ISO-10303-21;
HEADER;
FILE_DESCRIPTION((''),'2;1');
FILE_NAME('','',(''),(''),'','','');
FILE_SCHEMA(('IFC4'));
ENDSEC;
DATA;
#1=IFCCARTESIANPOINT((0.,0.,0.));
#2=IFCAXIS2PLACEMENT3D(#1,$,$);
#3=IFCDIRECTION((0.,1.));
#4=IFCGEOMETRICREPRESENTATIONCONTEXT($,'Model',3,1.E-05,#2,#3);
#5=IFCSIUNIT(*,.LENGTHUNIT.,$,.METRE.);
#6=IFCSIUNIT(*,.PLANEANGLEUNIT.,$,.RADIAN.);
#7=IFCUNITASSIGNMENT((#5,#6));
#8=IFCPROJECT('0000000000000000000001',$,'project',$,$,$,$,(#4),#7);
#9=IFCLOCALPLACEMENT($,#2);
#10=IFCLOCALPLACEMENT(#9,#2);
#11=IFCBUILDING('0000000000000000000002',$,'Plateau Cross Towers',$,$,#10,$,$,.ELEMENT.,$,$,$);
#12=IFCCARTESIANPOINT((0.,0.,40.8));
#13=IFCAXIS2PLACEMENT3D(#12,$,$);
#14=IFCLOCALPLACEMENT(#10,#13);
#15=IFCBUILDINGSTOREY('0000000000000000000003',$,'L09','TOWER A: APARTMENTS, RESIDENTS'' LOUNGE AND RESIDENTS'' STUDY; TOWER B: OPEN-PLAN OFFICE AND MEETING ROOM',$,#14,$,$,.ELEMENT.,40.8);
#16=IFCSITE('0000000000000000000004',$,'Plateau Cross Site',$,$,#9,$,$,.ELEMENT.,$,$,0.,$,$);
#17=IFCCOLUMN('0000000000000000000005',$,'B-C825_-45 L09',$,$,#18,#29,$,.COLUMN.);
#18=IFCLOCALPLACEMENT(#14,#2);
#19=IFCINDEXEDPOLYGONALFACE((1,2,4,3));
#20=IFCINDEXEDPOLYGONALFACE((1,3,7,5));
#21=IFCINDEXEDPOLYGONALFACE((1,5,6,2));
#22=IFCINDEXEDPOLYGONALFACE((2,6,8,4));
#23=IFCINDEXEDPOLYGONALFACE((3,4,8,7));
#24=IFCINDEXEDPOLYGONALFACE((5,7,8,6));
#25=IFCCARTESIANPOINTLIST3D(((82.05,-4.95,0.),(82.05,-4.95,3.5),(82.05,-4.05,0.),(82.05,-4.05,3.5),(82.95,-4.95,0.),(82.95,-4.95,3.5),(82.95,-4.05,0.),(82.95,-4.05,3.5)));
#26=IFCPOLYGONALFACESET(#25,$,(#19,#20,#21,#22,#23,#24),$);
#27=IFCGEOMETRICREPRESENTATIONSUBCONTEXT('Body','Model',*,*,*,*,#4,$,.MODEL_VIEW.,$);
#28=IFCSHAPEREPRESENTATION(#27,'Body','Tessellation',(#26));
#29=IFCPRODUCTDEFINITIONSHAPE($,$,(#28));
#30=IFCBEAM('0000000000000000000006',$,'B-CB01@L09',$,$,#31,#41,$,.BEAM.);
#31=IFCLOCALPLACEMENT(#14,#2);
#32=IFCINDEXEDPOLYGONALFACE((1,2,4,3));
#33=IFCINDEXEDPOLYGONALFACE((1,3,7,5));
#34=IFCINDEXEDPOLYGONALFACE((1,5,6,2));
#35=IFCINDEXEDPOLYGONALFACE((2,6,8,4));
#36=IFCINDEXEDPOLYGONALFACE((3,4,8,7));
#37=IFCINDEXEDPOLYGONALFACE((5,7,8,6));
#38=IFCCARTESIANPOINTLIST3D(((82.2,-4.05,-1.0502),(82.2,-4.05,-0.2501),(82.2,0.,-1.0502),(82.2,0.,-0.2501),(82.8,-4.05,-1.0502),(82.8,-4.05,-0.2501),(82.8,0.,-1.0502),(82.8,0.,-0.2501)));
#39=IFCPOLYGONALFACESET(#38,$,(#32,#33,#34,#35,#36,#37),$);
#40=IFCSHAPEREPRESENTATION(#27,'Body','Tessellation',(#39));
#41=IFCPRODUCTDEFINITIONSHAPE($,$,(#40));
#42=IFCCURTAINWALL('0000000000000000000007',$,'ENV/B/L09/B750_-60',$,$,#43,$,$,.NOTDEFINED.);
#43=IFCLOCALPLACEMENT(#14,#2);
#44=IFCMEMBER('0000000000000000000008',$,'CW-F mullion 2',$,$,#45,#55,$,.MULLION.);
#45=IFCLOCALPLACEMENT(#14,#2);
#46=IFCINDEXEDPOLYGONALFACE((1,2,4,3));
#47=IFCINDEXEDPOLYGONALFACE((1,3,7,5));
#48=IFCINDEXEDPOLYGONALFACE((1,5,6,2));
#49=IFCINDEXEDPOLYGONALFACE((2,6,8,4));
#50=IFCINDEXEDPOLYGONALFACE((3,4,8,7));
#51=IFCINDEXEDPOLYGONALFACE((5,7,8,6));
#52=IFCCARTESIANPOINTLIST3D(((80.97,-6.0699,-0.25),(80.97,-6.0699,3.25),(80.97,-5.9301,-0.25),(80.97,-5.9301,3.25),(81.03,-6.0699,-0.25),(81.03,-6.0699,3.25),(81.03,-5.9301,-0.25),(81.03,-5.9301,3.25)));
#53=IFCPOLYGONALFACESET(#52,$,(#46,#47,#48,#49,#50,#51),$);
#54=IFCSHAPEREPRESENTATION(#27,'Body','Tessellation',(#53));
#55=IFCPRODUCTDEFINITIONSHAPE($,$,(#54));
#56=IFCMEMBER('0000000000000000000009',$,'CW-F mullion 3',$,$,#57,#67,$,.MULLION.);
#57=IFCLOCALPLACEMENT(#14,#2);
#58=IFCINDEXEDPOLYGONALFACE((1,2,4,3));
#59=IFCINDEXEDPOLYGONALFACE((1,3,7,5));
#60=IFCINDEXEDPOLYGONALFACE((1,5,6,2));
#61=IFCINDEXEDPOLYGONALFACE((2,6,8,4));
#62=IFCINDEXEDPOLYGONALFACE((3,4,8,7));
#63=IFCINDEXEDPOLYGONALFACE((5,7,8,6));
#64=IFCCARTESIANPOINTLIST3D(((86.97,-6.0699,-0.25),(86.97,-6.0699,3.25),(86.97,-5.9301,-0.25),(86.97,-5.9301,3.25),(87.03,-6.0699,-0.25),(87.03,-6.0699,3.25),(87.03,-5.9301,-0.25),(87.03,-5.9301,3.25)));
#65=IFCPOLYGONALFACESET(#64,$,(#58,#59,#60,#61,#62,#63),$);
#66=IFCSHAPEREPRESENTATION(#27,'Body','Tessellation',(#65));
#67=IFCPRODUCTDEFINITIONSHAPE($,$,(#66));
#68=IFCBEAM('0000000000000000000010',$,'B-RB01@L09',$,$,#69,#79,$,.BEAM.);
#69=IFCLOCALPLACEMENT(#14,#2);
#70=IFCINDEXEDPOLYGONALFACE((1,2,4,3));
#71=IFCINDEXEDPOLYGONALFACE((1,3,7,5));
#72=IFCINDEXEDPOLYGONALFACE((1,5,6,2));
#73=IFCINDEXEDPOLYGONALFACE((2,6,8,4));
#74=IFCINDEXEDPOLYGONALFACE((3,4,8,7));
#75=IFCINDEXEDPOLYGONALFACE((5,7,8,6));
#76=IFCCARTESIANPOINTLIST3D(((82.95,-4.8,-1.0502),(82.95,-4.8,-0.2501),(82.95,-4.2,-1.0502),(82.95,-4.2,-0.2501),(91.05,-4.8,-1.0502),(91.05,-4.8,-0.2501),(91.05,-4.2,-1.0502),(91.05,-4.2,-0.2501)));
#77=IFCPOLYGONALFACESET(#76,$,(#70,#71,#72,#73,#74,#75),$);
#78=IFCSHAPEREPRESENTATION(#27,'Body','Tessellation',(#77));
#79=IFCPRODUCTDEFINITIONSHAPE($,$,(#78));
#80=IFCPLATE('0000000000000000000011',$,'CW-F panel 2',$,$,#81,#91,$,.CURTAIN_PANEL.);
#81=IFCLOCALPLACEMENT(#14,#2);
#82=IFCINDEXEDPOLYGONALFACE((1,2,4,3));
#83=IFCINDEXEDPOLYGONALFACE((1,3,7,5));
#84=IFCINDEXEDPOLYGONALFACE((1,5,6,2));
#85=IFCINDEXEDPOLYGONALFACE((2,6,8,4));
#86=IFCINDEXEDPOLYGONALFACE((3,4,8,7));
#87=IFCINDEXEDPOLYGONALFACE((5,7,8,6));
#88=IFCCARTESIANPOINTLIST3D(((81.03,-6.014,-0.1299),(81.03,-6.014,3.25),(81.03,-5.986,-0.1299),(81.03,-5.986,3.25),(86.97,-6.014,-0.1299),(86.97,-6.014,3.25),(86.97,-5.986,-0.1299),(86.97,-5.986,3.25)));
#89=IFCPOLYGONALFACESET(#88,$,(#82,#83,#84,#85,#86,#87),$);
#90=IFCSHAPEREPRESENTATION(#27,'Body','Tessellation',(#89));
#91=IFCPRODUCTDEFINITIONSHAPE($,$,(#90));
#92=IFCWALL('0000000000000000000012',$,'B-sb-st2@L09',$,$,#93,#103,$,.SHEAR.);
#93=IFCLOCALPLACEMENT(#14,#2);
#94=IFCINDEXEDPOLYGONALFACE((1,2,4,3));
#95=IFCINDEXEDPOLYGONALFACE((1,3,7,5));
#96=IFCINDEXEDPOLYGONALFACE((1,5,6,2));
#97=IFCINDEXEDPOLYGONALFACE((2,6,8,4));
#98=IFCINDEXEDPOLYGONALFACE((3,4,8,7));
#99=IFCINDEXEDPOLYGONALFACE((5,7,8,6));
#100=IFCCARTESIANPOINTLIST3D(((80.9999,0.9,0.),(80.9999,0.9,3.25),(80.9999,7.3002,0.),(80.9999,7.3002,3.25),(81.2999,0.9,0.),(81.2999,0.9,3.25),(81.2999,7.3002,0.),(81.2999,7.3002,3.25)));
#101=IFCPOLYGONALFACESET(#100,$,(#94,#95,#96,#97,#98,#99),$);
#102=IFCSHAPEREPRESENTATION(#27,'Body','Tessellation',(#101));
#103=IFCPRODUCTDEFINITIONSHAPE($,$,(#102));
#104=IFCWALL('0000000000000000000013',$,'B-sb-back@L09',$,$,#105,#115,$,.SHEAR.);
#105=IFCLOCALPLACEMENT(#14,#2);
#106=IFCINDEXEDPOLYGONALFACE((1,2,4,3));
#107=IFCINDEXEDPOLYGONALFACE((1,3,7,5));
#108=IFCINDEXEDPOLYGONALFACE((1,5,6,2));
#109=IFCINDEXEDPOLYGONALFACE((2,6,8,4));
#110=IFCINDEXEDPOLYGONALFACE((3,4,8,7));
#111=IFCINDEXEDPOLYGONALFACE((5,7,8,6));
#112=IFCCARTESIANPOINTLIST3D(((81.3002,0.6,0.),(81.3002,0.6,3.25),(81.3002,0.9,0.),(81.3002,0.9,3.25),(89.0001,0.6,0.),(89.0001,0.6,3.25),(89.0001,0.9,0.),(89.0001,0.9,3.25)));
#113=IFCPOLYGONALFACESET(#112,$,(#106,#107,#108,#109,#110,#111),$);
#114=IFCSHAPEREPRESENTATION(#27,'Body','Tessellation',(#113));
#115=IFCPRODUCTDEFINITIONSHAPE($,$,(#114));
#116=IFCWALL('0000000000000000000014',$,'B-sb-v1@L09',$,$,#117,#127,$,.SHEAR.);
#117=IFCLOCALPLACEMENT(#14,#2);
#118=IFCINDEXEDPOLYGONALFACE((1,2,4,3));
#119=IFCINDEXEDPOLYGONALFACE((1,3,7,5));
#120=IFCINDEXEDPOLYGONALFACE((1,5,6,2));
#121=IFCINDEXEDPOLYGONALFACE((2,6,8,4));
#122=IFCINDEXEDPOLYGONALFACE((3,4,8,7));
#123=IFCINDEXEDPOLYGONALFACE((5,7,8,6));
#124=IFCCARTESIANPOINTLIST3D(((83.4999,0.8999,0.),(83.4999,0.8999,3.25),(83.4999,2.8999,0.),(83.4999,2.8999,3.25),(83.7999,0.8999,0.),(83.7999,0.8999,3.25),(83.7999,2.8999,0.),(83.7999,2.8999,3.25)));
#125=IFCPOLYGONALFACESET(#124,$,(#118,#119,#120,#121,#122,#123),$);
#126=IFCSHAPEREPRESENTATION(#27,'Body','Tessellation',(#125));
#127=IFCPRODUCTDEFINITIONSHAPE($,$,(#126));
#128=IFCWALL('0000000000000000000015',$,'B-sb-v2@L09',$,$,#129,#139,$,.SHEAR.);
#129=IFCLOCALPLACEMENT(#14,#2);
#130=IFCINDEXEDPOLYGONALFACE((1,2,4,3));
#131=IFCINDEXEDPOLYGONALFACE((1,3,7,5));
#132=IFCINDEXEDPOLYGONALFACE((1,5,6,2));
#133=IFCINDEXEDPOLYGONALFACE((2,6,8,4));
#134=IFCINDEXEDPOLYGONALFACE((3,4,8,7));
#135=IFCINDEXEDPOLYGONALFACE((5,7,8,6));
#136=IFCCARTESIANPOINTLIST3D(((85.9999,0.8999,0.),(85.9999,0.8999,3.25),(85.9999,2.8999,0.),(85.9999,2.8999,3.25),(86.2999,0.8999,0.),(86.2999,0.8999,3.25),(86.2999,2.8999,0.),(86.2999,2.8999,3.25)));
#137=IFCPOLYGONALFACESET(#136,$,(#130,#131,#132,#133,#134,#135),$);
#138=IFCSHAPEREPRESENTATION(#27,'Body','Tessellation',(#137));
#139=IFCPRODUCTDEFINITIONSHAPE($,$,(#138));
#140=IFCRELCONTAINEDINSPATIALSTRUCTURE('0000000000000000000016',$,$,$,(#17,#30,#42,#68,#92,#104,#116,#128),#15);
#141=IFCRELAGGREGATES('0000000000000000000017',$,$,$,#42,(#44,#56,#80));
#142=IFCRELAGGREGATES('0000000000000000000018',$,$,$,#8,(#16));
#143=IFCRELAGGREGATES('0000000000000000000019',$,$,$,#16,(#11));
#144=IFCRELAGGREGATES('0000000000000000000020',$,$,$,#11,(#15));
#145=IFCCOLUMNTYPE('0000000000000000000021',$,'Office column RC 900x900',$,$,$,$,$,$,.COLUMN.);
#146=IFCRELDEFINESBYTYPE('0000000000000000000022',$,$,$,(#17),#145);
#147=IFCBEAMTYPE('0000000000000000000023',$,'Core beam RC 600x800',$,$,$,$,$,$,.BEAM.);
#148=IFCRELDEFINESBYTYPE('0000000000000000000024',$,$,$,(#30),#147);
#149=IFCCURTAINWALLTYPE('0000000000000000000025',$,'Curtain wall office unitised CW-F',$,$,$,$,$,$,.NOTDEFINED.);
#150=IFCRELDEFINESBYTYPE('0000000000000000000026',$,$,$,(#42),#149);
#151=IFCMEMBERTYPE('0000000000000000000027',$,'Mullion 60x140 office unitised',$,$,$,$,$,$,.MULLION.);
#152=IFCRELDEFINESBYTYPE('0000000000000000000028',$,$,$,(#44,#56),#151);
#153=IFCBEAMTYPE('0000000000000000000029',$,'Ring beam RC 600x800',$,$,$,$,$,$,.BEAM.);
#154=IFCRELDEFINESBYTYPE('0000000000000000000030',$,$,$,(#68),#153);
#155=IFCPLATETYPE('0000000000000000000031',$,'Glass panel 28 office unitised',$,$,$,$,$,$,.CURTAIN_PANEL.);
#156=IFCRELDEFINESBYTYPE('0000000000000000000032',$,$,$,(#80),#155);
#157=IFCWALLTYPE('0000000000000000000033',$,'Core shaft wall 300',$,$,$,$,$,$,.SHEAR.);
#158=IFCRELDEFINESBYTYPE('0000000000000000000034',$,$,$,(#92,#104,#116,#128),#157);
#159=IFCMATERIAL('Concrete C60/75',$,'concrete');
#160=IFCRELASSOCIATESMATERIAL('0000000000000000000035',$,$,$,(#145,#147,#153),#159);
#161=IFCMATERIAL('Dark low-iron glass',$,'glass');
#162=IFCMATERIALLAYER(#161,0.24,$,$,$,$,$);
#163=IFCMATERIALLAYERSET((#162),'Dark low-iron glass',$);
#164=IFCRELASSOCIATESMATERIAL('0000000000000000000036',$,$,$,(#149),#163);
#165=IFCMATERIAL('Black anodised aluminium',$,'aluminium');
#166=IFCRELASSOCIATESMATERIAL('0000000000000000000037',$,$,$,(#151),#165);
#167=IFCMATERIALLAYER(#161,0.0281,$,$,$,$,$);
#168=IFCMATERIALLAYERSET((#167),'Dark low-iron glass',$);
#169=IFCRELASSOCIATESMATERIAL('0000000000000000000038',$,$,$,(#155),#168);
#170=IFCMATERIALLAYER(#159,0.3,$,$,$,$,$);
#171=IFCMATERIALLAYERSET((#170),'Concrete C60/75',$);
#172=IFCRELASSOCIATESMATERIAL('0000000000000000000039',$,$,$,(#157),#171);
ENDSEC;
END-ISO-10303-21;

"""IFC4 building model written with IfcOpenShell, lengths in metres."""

from ifc_helpers import new_model, si_unit, direction, frame, frame_2d, origin, origin_2d, place, context, subcontext, project, spatial, rectangle, extrude, material, layer, layer_set, material_profile, profile_set, type_object, element, aggregate, save


model = new_model("IFC4")

# Units and contexts
model_context = context("Model", 3, precision=1e-05, world=origin(), true_north=direction((0.0, 1.0)))
body_context = subcontext(model_context, "Body", "Model", "MODEL_VIEW")
ifc_project = project(units=[si_unit("LENGTHUNIT", "METRE"), si_unit("PLANEANGLEUNIT", "RADIAN")], contexts=[model_context])

# Site, building, storey
site_placement = place(None, origin())
site = spatial("IfcSite", under=ifc_project, at=site_placement, Name="Plateau Cross Site", CompositionType="ELEMENT", RefElevation=0.0)
building_placement = place(site_placement, origin())
building = spatial("IfcBuilding", under=site, at=building_placement, Name="Plateau Cross Towers", CompositionType="ELEMENT")
storey_placement = place(building_placement, frame((0.0, 0.0, 40.8)))
storey = spatial("IfcBuildingStorey", under=building, at=storey_placement, Name="L09", Description="TOWER A: APARTMENTS, RESIDENTS' LOUNGE AND RESIDENTS' STUDY; TOWER B: OPEN-PLAN OFFICE AND MEETING ROOM", CompositionType="ELEMENT", Elevation=40.8)

# Column
ifc_material_1 = material(Name="Concrete C60/75", Category="concrete")
ifc_material_profile_1 = material_profile(ifc_material_1, rectangle(XDim=0.8999, YDim=0.8999, at=origin_2d()), Name="RC 900x900")
ifc_profile_set_1 = profile_set([ifc_material_profile_1], Name="Concrete C60/75")
column_type = type_object("IfcColumnType", Name="Office column RC 900x900", PredefinedType="COLUMN", material=ifc_profile_set_1)
column_placement = place(storey_placement, frame((82.5, -4.5, 0.0), z_axis=(0.0, 0.0, 1.0), x_axis=(1.0, 0.0, 0.0)))
element("IfcColumn", 1, at=column_placement, inside=storey, type_object=column_type, Name="B-C825_-45 L09", PredefinedType="COLUMN", context=body_context, shape_type="SweptSolid", body=[
    extrude(rectangle(XDim=0.8999, YDim=0.8999, at=origin_2d()), origin(), (0.0, 0.0, 1.0), 3.5),
])

# Beam
ifc_material_profile_2 = material_profile(ifc_material_1, rectangle(XDim=0.6001, YDim=0.8, at=origin_2d()), Name="RC 600x800")
ifc_profile_set_2 = profile_set([ifc_material_profile_2], Name="Concrete C60/75")
beam_type_1 = type_object("IfcBeamType", Name="Core beam RC 600x800", PredefinedType="BEAM", material=ifc_profile_set_2)
beam_1_placement = place(storey_placement, frame((82.5, 0.0, -0.6501), z_axis=(0.0, -1.0, 0.0), x_axis=(1.0, 0.0, 0.0)))
element("IfcBeam", 2, at=beam_1_placement, inside=storey, type_object=beam_type_1, Name="B-CB01@L09", PredefinedType="BEAM", context=body_context, shape_type="SweptSolid", body=[
    extrude(rectangle(XDim=0.6001, YDim=0.8, at=origin_2d()), origin(), (0.0, 0.0, 1.0), 4.05),
])

# Curtain wall, members
ifc_material_2 = material(Name="Dark low-iron glass", Category="glass")
ifc_layer_1 = layer(ifc_material_2, 0.24)
ifc_layer_set_1 = layer_set([ifc_layer_1], Name="Dark low-iron glass")
curtain_wall_type = type_object("IfcCurtainWallType", Name="Curtain wall office unitised CW-F", PredefinedType="NOTDEFINED", material=ifc_layer_set_1)
curtain_wall_placement = place(storey_placement, origin())
curtain_wall = element("IfcCurtainWall", 3, at=curtain_wall_placement, inside=storey, type_object=curtain_wall_type, Name="ENV/B/L09/B750_-60", PredefinedType="NOTDEFINED")
ifc_material_3 = material(Name="Black anodised aluminium", Category="aluminium")
ifc_material_profile_3 = material_profile(ifc_material_3, rectangle(XDim=0.0601, YDim=0.1399, at=origin_2d()), Name="MULLION 60x140")
ifc_profile_set_3 = profile_set([ifc_material_profile_3], Name="Black anodised aluminium")
member_type = type_object("IfcMemberType", Name="Mullion 60x140 office unitised", PredefinedType="MULLION", material=ifc_profile_set_3)
member_1_placement = place(storey_placement, frame((81.0, -6.0, -0.25), z_axis=(0.0, 0.0, 1.0), x_axis=(1.0, 0.0, 0.0)))
member_1 = element("IfcMember", 4, at=member_1_placement, type_object=member_type, Name="CW-F mullion 2", PredefinedType="MULLION", context=body_context, shape_type="SweptSolid", body=[
    extrude(rectangle(XDim=0.0601, YDim=0.1399, at=origin_2d()), origin(), (0.0, 0.0, 1.0), 3.5),
])
member_2_placement = place(storey_placement, frame((87.0, -6.0, -0.25), z_axis=(0.0, 0.0, 1.0), x_axis=(1.0, 0.0, 0.0)))
member_2 = element("IfcMember", 5, at=member_2_placement, type_object=member_type, Name="CW-F mullion 3", PredefinedType="MULLION", context=body_context, shape_type="SweptSolid", body=[
    extrude(rectangle(XDim=0.0601, YDim=0.1399, at=origin_2d()), origin(), (0.0, 0.0, 1.0), 3.5),
])

# Beam
ifc_material_profile_4 = material_profile(ifc_material_1, rectangle(XDim=0.6001, YDim=0.8, at=origin_2d()), Name="RC 600x800")
ifc_profile_set_4 = profile_set([ifc_material_profile_4], Name="Concrete C60/75")
beam_type_2 = type_object("IfcBeamType", Name="Ring beam RC 600x800", PredefinedType="BEAM", material=ifc_profile_set_4)
beam_2_placement = place(storey_placement, frame((82.95, -4.5, -0.6501), z_axis=(1.0, 0.0, 0.0), x_axis=(0.0, 1.0, 0.0)))
element("IfcBeam", 6, at=beam_2_placement, inside=storey, type_object=beam_type_2, Name="B-RB01@L09", PredefinedType="BEAM", context=body_context, shape_type="SweptSolid", body=[
    extrude(rectangle(XDim=0.6001, YDim=0.8, at=origin_2d()), origin(), (0.0, 0.0, 1.0), 8.1001),
])

# Plate
ifc_layer_2 = layer(ifc_material_2, 0.0281)
ifc_layer_set_2 = layer_set([ifc_layer_2], Name="Dark low-iron glass")
plate_type = type_object("IfcPlateType", Name="Glass panel 28 office unitised", PredefinedType="CURTAIN_PANEL", material=ifc_layer_set_2)
plate_placement = place(storey_placement, frame((84.0, -6.0, -0.1299), z_axis=(0.0, 0.0, 1.0), x_axis=(1.0, 0.0, 0.0)))
plate = element("IfcPlate", 7, at=plate_placement, type_object=plate_type, Name="CW-F panel 2", PredefinedType="CURTAIN_PANEL", context=body_context, shape_type="SweptSolid", body=[
    extrude(rectangle(XDim=5.9399, YDim=0.0281, at=origin_2d()), origin(), (0.0, 0.0, 1.0), 3.3799),
])
aggregate(curtain_wall, [member_1, member_2, plate])

# Walls
ifc_layer_3 = layer(ifc_material_1, 0.3)
ifc_layer_set_3 = layer_set([ifc_layer_3], Name="Concrete C60/75")
wall_type_1 = type_object("IfcWallType", Name="Core shaft wall 300", PredefinedType="SHEAR", material=ifc_layer_set_3)
wall_1_placement = place(storey_placement, frame((81.1499, 0.8999, 0.0), z_axis=(0.0, 0.0, 1.0), x_axis=(0.0, 1.0, 0.0)))
element("IfcWall", 8, at=wall_1_placement, inside=storey, type_object=wall_type_1, Name="B-sb-st2@L09", PredefinedType="SHEAR", context=body_context, shape_type="SweptSolid", body=[
    extrude(rectangle(XDim=6.4001, YDim=0.3, at=frame_2d((3.2002, 0.0))), origin(), (0.0, 0.0, 1.0), 3.25),
])
wall_2_placement = place(storey_placement, frame((81.3, 0.75, 0.0), z_axis=(0.0, 0.0, 1.0), x_axis=(1.0, 0.0, 0.0)))
element("IfcWall", 9, at=wall_2_placement, inside=storey, type_object=wall_type_1, Name="B-sb-back@L09", PredefinedType="SHEAR", context=body_context, shape_type="SweptSolid", body=[
    extrude(rectangle(XDim=7.7, YDim=0.3, at=frame_2d((3.8501, 0.0))), origin(), (0.0, 0.0, 1.0), 3.25),
])
for number, where, z_axis, x_axis, name in (
    (10, (83.6499, 0.8999, 0.0), (0.0, 0.0, 1.0), (0.0, 1.0, 0.0), "B-sb-v1@L09"),
    (11, (86.1499, 0.8999, 0.0), (0.0, 0.0, 1.0), (0.0, 1.0, 0.0), "B-sb-v2@L09"),
):
    element("IfcWall", number, at=place(storey_placement, frame(where, z_axis=z_axis, x_axis=x_axis)), inside=storey, type_object=wall_type_1, Name=name, PredefinedType="SHEAR", context=body_context, shape_type="SweptSolid", body=[
        extrude(rectangle(XDim=2.0, YDim=0.3, at=frame_2d((1.0, 0.0))), origin(), (0.0, 0.0, 1.0), 3.25),
    ])

save(model, "model.ifc")
